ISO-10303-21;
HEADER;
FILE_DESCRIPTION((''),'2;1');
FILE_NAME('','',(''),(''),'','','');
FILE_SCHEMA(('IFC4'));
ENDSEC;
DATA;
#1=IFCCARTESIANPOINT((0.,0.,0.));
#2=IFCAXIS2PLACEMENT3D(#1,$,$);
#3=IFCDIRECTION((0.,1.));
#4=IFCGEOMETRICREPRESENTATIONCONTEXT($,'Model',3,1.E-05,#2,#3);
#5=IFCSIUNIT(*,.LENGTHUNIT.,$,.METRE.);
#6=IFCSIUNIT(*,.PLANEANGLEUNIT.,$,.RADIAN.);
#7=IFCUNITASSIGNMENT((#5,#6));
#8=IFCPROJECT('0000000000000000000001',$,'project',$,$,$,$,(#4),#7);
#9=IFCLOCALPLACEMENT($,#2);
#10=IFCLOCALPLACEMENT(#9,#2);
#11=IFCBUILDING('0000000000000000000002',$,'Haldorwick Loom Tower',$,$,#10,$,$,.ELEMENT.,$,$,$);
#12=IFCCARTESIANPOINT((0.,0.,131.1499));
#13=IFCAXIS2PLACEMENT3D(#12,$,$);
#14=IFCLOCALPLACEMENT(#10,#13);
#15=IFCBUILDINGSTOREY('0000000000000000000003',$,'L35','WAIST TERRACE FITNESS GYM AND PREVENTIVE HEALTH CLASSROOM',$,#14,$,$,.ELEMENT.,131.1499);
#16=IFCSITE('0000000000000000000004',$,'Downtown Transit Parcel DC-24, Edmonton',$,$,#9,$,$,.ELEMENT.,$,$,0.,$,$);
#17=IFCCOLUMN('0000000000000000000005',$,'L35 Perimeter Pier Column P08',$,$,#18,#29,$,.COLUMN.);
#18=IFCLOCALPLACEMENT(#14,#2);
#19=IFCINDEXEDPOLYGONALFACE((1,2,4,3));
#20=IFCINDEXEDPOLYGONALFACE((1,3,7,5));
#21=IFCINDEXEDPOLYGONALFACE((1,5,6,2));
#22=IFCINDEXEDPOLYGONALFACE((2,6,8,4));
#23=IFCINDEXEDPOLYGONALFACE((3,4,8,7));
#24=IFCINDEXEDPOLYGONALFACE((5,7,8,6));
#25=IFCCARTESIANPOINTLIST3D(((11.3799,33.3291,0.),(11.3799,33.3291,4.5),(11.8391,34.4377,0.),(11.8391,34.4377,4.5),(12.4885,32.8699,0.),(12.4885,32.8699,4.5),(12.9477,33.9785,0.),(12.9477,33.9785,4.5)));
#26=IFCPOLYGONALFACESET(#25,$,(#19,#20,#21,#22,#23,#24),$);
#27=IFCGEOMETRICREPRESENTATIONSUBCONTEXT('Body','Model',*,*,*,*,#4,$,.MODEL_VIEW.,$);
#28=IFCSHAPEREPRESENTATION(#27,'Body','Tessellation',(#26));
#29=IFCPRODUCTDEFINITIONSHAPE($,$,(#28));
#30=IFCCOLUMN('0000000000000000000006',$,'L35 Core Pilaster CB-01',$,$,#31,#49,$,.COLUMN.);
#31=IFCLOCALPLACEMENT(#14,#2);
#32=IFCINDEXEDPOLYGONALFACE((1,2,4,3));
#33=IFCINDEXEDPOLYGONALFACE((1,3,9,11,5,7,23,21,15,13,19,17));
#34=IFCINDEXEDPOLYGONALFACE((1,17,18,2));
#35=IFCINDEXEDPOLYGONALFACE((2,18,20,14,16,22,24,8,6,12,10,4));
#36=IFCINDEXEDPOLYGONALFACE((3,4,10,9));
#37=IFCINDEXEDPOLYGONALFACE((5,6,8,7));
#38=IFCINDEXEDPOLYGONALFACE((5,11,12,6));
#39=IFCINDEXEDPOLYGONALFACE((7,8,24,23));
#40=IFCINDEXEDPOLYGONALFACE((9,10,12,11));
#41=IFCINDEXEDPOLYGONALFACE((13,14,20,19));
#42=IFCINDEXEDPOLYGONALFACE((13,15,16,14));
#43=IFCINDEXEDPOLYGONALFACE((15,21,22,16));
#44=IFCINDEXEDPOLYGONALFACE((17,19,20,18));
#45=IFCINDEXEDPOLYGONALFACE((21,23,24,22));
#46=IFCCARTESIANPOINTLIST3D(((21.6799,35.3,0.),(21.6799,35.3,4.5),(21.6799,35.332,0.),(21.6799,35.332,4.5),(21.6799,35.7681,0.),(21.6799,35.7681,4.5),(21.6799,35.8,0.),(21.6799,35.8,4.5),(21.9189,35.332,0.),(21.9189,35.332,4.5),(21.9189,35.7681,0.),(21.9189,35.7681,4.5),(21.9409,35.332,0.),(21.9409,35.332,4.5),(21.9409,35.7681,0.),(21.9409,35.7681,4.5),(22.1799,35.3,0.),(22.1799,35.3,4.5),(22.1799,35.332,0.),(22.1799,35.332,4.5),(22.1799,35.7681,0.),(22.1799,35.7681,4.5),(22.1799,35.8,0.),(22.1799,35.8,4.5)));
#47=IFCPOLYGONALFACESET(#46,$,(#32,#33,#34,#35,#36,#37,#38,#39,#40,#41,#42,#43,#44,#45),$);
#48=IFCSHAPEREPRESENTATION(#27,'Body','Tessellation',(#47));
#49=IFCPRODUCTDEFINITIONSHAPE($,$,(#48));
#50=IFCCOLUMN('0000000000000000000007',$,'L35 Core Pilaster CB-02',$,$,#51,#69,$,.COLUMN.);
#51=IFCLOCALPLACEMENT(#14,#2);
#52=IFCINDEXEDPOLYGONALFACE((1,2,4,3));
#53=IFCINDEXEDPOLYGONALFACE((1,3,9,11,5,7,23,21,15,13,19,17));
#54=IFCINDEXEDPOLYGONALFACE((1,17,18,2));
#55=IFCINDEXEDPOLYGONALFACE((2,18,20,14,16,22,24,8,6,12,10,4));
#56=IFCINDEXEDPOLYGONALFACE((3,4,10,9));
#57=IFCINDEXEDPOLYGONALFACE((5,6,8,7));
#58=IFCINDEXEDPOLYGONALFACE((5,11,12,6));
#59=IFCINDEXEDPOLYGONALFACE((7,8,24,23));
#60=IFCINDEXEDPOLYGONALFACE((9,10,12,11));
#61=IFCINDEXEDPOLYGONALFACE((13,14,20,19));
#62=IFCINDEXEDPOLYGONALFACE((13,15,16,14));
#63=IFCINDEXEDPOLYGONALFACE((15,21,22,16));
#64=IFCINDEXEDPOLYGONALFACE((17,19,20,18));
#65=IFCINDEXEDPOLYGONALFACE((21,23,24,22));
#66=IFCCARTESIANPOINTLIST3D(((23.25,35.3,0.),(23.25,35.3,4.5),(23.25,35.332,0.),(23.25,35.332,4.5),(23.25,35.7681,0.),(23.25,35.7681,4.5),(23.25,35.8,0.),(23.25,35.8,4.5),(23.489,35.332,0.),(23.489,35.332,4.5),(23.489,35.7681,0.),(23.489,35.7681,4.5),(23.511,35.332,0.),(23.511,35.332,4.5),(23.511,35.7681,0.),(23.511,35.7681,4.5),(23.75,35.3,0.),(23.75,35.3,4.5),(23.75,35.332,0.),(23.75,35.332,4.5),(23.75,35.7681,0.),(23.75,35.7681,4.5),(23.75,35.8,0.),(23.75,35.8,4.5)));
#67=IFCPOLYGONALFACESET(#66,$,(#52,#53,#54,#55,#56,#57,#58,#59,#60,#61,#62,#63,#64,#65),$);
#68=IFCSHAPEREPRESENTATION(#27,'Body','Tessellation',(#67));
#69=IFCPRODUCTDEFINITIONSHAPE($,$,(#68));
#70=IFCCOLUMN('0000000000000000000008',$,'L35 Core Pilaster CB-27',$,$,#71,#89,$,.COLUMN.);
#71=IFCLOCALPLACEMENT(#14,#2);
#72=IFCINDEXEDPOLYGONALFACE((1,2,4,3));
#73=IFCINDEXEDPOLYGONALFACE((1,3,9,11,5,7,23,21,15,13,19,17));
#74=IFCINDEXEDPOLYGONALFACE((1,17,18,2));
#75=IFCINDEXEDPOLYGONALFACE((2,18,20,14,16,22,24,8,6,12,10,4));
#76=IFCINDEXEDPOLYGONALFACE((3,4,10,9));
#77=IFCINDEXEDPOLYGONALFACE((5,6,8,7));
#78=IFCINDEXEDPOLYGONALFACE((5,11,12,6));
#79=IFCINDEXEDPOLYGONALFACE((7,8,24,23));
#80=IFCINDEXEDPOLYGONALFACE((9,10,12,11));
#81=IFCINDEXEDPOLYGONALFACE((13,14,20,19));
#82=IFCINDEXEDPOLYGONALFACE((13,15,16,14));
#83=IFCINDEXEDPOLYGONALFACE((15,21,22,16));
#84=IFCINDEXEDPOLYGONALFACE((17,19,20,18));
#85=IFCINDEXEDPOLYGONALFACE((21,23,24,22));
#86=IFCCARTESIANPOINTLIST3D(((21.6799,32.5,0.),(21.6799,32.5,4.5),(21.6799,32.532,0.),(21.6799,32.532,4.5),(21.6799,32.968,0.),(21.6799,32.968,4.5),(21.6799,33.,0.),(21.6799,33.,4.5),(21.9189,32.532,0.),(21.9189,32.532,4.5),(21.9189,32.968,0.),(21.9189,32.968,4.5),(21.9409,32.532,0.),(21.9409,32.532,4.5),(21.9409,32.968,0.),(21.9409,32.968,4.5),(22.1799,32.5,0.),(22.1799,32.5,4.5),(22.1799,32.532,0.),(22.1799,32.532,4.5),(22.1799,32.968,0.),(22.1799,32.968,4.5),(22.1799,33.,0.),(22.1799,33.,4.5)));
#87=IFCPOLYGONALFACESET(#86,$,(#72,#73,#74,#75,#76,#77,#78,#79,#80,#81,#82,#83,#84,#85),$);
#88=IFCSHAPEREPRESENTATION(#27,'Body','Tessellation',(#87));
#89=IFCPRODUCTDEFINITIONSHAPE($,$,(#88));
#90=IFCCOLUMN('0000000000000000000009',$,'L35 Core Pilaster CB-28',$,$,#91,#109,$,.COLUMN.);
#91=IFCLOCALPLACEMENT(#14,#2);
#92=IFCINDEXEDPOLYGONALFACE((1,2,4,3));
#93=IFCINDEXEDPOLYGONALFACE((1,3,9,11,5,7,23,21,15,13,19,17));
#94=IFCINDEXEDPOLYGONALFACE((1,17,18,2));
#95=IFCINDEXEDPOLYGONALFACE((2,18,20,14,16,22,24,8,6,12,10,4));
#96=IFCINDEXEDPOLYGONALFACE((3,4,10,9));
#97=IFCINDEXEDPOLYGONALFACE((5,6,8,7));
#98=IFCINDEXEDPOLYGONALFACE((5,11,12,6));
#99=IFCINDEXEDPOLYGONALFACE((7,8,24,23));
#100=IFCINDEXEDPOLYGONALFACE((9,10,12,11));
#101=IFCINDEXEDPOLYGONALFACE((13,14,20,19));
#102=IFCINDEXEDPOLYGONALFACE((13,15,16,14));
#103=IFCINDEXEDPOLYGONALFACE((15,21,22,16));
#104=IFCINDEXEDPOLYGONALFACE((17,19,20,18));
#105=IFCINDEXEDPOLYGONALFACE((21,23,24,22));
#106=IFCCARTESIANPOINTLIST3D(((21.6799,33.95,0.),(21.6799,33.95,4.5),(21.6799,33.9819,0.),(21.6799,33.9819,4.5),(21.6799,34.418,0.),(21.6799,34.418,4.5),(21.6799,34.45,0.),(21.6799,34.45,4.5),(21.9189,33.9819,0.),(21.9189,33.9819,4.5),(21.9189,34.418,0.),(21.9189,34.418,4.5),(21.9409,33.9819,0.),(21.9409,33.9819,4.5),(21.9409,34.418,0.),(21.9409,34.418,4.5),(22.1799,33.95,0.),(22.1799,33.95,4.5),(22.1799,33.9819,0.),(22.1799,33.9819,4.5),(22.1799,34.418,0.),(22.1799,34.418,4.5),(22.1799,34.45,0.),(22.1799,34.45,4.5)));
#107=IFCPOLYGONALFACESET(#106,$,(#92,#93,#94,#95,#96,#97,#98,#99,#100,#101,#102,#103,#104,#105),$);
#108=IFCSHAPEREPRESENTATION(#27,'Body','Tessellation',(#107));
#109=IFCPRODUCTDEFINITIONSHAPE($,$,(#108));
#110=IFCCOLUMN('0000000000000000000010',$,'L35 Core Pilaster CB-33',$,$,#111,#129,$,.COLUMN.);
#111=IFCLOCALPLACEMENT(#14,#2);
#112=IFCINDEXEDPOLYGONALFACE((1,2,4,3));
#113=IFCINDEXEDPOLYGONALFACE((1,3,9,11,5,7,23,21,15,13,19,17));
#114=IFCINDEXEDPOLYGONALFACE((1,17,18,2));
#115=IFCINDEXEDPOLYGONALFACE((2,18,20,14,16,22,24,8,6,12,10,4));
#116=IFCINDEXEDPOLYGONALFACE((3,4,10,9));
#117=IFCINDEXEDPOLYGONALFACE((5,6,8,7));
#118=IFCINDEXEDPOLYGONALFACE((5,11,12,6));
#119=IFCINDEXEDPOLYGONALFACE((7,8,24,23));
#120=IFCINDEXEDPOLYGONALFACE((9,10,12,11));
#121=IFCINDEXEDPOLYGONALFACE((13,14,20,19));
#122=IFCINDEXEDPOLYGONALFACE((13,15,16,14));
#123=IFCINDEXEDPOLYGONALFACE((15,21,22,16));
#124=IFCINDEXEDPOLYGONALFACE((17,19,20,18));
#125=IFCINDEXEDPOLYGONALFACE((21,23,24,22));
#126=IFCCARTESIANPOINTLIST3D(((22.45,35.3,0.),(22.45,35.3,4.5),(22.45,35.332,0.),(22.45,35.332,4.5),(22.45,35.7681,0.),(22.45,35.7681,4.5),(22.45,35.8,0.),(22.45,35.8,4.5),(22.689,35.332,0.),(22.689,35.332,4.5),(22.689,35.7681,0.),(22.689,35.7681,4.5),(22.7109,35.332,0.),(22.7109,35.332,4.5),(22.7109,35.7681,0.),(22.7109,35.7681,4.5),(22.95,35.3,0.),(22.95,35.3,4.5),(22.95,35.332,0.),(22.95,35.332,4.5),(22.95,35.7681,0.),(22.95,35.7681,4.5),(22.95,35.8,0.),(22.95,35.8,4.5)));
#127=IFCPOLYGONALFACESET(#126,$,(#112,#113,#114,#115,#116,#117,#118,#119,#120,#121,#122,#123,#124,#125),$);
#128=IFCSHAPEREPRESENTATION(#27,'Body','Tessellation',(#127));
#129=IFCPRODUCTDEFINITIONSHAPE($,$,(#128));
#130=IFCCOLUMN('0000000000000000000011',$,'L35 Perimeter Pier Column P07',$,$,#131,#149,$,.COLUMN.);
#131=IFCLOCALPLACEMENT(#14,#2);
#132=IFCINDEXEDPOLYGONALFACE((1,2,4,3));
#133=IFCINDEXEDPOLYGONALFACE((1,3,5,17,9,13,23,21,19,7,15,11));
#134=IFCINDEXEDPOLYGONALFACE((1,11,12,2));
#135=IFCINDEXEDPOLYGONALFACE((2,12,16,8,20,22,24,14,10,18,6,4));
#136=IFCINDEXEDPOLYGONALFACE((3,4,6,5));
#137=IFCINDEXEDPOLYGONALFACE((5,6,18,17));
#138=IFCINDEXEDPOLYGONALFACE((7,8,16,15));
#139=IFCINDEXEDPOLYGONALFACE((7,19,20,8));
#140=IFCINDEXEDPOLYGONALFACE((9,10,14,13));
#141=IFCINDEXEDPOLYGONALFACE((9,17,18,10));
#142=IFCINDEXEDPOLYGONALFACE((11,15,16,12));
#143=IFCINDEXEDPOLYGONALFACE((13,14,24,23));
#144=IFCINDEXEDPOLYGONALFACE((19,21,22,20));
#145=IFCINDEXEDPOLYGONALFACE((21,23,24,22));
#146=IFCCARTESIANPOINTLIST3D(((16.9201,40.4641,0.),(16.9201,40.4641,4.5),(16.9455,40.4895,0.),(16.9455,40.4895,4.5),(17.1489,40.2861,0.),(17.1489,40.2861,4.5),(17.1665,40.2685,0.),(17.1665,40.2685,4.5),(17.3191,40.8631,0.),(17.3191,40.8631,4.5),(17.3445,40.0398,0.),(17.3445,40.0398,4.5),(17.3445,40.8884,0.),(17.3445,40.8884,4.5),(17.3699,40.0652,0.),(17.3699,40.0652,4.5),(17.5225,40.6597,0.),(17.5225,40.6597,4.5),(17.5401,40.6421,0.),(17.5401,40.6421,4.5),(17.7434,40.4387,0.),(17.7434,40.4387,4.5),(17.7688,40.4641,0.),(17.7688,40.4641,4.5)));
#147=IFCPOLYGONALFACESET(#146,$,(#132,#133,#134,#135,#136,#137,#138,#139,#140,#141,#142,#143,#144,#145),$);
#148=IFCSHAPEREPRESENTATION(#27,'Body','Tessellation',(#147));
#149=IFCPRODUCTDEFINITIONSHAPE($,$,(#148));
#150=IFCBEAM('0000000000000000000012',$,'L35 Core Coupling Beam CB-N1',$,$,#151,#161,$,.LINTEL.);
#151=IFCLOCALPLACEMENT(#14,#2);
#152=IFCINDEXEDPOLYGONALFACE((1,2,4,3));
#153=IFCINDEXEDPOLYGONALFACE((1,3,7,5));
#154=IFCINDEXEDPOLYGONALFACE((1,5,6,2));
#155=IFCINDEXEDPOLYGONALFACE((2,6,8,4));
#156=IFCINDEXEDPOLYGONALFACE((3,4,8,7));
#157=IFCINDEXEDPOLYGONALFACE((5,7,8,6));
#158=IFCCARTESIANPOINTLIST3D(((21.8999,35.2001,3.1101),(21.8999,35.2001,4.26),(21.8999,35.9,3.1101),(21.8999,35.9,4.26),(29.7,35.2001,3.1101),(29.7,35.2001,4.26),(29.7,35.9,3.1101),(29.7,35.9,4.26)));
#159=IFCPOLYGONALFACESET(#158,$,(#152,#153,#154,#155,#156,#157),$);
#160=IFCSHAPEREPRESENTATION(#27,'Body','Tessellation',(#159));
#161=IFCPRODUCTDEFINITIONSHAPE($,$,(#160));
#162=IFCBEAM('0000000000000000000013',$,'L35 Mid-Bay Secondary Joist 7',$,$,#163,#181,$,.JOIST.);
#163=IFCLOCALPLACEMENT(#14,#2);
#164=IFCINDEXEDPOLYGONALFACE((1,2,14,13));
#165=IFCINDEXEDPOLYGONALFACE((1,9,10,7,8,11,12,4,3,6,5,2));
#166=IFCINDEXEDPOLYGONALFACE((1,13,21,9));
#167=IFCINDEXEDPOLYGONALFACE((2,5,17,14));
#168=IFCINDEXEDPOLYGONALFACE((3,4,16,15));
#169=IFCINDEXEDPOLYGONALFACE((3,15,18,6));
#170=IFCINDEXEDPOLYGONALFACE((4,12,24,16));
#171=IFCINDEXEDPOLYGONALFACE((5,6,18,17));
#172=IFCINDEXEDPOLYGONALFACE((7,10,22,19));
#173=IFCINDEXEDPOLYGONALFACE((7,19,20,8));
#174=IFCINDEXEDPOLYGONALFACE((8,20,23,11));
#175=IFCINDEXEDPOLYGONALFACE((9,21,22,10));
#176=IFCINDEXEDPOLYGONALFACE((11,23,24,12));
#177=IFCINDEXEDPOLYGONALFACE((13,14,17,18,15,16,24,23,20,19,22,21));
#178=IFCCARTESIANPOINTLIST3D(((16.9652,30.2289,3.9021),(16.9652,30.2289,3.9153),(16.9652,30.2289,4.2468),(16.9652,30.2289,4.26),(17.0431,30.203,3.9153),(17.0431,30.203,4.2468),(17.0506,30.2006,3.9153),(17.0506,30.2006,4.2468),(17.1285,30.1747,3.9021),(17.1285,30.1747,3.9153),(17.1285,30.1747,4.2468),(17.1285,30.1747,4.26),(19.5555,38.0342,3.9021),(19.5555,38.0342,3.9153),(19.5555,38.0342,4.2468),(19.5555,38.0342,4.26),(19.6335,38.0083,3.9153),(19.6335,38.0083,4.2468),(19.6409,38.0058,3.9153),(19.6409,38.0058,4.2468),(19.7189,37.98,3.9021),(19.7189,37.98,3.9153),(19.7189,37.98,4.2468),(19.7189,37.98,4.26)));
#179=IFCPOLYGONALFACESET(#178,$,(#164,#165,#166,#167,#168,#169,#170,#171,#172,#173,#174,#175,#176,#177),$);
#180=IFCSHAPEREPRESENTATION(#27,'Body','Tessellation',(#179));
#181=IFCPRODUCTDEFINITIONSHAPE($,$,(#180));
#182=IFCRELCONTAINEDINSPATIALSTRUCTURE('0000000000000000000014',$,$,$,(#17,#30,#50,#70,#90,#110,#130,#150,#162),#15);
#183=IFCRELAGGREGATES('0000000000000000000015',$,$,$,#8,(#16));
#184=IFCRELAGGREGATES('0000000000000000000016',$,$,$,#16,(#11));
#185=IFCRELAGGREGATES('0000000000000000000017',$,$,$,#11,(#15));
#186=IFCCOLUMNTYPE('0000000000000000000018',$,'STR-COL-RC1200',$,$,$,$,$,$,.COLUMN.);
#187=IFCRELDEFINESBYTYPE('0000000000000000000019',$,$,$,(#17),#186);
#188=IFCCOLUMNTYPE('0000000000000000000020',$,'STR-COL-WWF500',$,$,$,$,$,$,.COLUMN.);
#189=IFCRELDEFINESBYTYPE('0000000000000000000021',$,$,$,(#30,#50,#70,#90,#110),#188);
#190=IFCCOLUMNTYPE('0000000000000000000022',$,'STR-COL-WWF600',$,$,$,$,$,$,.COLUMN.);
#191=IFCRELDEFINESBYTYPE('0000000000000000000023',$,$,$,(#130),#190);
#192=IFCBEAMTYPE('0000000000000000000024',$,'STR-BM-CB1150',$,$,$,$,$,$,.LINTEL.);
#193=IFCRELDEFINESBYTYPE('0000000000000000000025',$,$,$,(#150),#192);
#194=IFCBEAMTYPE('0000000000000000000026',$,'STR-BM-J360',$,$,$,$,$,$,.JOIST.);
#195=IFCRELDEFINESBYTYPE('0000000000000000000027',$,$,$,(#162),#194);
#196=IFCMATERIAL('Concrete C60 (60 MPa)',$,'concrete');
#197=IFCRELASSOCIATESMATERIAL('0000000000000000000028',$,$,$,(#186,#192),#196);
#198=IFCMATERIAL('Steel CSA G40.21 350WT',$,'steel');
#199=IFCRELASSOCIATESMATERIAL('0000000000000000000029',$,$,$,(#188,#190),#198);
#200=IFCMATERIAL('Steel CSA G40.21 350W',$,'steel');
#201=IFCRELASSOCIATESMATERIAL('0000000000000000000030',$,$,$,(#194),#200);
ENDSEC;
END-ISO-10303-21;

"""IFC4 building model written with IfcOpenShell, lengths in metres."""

from ifc_helpers import new_model, si_unit, direction, frame, origin, origin_2d, place, context, subcontext, project, spatial, rectangle, i_section, extrude, material, material_profile, profile_set, type_object, element, save


model = new_model("IFC4")

# Units and contexts
model_context = context("Model", 3, precision=1e-05, world=origin(), true_north=direction((0.0, 1.0)))
body_context = subcontext(model_context, "Body", "Model", "MODEL_VIEW")
ifc_project = project(units=[si_unit("LENGTHUNIT", "METRE"), si_unit("PLANEANGLEUNIT", "RADIAN")], contexts=[model_context])

# Site, building, storey
site_placement = place(None, origin())
site = spatial("IfcSite", under=ifc_project, at=site_placement, Name="Downtown Transit Parcel DC-24, Edmonton", CompositionType="ELEMENT", RefElevation=0.0)
building_placement = place(site_placement, origin())
building = spatial("IfcBuilding", under=site, at=building_placement, Name="Haldorwick Loom Tower", CompositionType="ELEMENT")
storey_placement = place(building_placement, frame((0.0, 0.0, 131.1499)))
storey = spatial("IfcBuildingStorey", under=building, at=storey_placement, Name="L35", Description="WAIST TERRACE FITNESS GYM AND PREVENTIVE HEALTH CLASSROOM", CompositionType="ELEMENT", Elevation=131.1499)

# Columns
ifc_material_1 = material(Name="Concrete C60 (60 MPa)", Category="concrete")
ifc_material_profile_1 = material_profile(ifc_material_1, rectangle(XDim=1.2, YDim=1.2, at=origin_2d()), Name="RC1200X1200", Category="concrete")
ifc_profile_set_1 = profile_set([ifc_material_profile_1], Name="Concrete C60 (60 MPa)")
column_type_1 = type_object("IfcColumnType", Name="STR-COL-RC1200", PredefinedType="COLUMN", material=ifc_profile_set_1)
column_1_placement = place(storey_placement, frame((12.1638, 33.6538, 0.0), z_axis=(0.0, 0.0, 1.0), x_axis=(-0.92388, 0.382683, 0.0)))
element("IfcColumn", 1, at=column_1_placement, inside=storey, type_object=column_type_1, Name="L35 Perimeter Pier Column P08", PredefinedType="COLUMN", context=body_context, shape_type="SweptSolid", body=[
    extrude(rectangle(XDim=1.2, YDim=1.2, at=origin_2d()), origin(), (0.0, 0.0, 1.0), 4.5),
])
ifc_material_2 = material(Name="Steel CSA G40.21 350WT", Category="steel")
ifc_material_profile_2 = material_profile(ifc_material_2, i_section(OverallWidth=0.5, OverallDepth=0.5, WebThickness=0.022, FlangeThickness=0.032, at=origin_2d()), Name="WWF500X500", Category="steel")
ifc_profile_set_2 = profile_set([ifc_material_profile_2], Name="Steel CSA G40.21 350WT")
column_type_2 = type_object("IfcColumnType", Name="STR-COL-WWF500", PredefinedType="COLUMN", material=ifc_profile_set_2)
for number, where, z_axis, x_axis, name in (
    (2, (21.9299, 35.55, 0.0), (0.0, 0.0, 1.0), (1.0, 0.0, 0.0), "L35 Core Pilaster CB-01"),
    (3, (23.5, 35.55, 0.0), (0.0, 0.0, 1.0), (1.0, 0.0, 0.0), "L35 Core Pilaster CB-02"),
    (4, (21.9299, 32.75, 0.0), (0.0, 0.0, 1.0), (1.0, 0.0, 0.0), "L35 Core Pilaster CB-27"),
    (5, (21.9299, 34.2, 0.0), (0.0, 0.0, 1.0), (1.0, 0.0, 0.0), "L35 Core Pilaster CB-28"),
    (6, (22.7, 35.55, 0.0), (0.0, 0.0, 1.0), (1.0, 0.0, 0.0), "L35 Core Pilaster CB-33"),
):
    element("IfcColumn", number, at=place(storey_placement, frame(where, z_axis=z_axis, x_axis=x_axis)), inside=storey, type_object=column_type_2, Name=name, PredefinedType="COLUMN", context=body_context, shape_type="SweptSolid", body=[
        extrude(i_section(OverallWidth=0.5, OverallDepth=0.5, WebThickness=0.022, FlangeThickness=0.032, at=origin_2d()), origin(), (0.0, 0.0, 1.0), 4.5),
    ])
ifc_material_profile_3 = material_profile(ifc_material_2, i_section(OverallWidth=0.6001, OverallDepth=0.6001, WebThickness=0.0249, FlangeThickness=0.0359, at=origin_2d()), Name="WWF600X600", Category="steel")
ifc_profile_set_3 = profile_set([ifc_material_profile_3], Name="Steel CSA G40.21 350WT")
column_type_3 = type_object("IfcColumnType", Name="STR-COL-WWF600", PredefinedType="COLUMN", material=ifc_profile_set_3)
column_2_placement = place(storey_placement, frame((17.3445, 40.4641, 0.0), z_axis=(0.0, 0.0, 1.0), x_axis=(-0.707107, 0.707107, 0.0)))
element("IfcColumn", 7, at=column_2_placement, inside=storey, type_object=column_type_3, Name="L35 Perimeter Pier Column P07", PredefinedType="COLUMN", context=body_context, shape_type="SweptSolid", body=[
    extrude(i_section(OverallWidth=0.6001, OverallDepth=0.6001, WebThickness=0.0249, FlangeThickness=0.0359, at=origin_2d()), origin(), (0.0, 0.0, 1.0), 4.5),
])

# Beams
ifc_material_profile_4 = material_profile(ifc_material_1, rectangle(XDim=0.7, YDim=1.1499, at=origin_2d()), Name="RC700X1150", Category="concrete")
ifc_profile_set_4 = profile_set([ifc_material_profile_4], Name="Concrete C60 (60 MPa)")
beam_type_1 = type_object("IfcBeamType", Name="STR-BM-CB1150", PredefinedType="LINTEL", material=ifc_profile_set_4)
beam_1_placement = place(storey_placement, frame((21.8999, 35.55, 3.6851), z_axis=(1.0, 0.0, 0.0), x_axis=(0.0, 1.0, 0.0)))
element("IfcBeam", 8, at=beam_1_placement, inside=storey, type_object=beam_type_1, Name="L35 Core Coupling Beam CB-N1", PredefinedType="LINTEL", context=body_context, shape_type="SweptSolid", body=[
    extrude(rectangle(XDim=0.7, YDim=1.1499, at=origin_2d()), origin(), (0.0, 0.0, 1.0), 7.8),
])
ifc_material_3 = material(Name="Steel CSA G40.21 350W", Category="steel")
ifc_material_profile_5 = material_profile(ifc_material_3, i_section(OverallWidth=0.1721, OverallDepth=0.3579, WebThickness=0.0078, FlangeThickness=0.0132, at=origin_2d()), Name="W360X57", Category="steel")
ifc_profile_set_5 = profile_set([ifc_material_profile_5], Name="Steel CSA G40.21 350W")
beam_type_2 = type_object("IfcBeamType", Name="STR-BM-J360", PredefinedType="JOIST", material=ifc_profile_set_5)
beam_2_placement = place(storey_placement, frame((19.6372, 38.0071, 4.0811), z_axis=(-0.314981, -0.949098, 0.0), x_axis=(0.949098, -0.314981, 0.0)))
element("IfcBeam", 9, at=beam_2_placement, inside=storey, type_object=beam_type_2, Name="L35 Mid-Bay Secondary Joist 7", PredefinedType="JOIST", context=body_context, shape_type="SweptSolid", body=[
    extrude(i_section(OverallWidth=0.1721, OverallDepth=0.3579, WebThickness=0.0078, FlangeThickness=0.0132, at=origin_2d()), origin(), (0.0, 0.0, 1.0), 8.2239),
])

save(model, "model.ifc")
